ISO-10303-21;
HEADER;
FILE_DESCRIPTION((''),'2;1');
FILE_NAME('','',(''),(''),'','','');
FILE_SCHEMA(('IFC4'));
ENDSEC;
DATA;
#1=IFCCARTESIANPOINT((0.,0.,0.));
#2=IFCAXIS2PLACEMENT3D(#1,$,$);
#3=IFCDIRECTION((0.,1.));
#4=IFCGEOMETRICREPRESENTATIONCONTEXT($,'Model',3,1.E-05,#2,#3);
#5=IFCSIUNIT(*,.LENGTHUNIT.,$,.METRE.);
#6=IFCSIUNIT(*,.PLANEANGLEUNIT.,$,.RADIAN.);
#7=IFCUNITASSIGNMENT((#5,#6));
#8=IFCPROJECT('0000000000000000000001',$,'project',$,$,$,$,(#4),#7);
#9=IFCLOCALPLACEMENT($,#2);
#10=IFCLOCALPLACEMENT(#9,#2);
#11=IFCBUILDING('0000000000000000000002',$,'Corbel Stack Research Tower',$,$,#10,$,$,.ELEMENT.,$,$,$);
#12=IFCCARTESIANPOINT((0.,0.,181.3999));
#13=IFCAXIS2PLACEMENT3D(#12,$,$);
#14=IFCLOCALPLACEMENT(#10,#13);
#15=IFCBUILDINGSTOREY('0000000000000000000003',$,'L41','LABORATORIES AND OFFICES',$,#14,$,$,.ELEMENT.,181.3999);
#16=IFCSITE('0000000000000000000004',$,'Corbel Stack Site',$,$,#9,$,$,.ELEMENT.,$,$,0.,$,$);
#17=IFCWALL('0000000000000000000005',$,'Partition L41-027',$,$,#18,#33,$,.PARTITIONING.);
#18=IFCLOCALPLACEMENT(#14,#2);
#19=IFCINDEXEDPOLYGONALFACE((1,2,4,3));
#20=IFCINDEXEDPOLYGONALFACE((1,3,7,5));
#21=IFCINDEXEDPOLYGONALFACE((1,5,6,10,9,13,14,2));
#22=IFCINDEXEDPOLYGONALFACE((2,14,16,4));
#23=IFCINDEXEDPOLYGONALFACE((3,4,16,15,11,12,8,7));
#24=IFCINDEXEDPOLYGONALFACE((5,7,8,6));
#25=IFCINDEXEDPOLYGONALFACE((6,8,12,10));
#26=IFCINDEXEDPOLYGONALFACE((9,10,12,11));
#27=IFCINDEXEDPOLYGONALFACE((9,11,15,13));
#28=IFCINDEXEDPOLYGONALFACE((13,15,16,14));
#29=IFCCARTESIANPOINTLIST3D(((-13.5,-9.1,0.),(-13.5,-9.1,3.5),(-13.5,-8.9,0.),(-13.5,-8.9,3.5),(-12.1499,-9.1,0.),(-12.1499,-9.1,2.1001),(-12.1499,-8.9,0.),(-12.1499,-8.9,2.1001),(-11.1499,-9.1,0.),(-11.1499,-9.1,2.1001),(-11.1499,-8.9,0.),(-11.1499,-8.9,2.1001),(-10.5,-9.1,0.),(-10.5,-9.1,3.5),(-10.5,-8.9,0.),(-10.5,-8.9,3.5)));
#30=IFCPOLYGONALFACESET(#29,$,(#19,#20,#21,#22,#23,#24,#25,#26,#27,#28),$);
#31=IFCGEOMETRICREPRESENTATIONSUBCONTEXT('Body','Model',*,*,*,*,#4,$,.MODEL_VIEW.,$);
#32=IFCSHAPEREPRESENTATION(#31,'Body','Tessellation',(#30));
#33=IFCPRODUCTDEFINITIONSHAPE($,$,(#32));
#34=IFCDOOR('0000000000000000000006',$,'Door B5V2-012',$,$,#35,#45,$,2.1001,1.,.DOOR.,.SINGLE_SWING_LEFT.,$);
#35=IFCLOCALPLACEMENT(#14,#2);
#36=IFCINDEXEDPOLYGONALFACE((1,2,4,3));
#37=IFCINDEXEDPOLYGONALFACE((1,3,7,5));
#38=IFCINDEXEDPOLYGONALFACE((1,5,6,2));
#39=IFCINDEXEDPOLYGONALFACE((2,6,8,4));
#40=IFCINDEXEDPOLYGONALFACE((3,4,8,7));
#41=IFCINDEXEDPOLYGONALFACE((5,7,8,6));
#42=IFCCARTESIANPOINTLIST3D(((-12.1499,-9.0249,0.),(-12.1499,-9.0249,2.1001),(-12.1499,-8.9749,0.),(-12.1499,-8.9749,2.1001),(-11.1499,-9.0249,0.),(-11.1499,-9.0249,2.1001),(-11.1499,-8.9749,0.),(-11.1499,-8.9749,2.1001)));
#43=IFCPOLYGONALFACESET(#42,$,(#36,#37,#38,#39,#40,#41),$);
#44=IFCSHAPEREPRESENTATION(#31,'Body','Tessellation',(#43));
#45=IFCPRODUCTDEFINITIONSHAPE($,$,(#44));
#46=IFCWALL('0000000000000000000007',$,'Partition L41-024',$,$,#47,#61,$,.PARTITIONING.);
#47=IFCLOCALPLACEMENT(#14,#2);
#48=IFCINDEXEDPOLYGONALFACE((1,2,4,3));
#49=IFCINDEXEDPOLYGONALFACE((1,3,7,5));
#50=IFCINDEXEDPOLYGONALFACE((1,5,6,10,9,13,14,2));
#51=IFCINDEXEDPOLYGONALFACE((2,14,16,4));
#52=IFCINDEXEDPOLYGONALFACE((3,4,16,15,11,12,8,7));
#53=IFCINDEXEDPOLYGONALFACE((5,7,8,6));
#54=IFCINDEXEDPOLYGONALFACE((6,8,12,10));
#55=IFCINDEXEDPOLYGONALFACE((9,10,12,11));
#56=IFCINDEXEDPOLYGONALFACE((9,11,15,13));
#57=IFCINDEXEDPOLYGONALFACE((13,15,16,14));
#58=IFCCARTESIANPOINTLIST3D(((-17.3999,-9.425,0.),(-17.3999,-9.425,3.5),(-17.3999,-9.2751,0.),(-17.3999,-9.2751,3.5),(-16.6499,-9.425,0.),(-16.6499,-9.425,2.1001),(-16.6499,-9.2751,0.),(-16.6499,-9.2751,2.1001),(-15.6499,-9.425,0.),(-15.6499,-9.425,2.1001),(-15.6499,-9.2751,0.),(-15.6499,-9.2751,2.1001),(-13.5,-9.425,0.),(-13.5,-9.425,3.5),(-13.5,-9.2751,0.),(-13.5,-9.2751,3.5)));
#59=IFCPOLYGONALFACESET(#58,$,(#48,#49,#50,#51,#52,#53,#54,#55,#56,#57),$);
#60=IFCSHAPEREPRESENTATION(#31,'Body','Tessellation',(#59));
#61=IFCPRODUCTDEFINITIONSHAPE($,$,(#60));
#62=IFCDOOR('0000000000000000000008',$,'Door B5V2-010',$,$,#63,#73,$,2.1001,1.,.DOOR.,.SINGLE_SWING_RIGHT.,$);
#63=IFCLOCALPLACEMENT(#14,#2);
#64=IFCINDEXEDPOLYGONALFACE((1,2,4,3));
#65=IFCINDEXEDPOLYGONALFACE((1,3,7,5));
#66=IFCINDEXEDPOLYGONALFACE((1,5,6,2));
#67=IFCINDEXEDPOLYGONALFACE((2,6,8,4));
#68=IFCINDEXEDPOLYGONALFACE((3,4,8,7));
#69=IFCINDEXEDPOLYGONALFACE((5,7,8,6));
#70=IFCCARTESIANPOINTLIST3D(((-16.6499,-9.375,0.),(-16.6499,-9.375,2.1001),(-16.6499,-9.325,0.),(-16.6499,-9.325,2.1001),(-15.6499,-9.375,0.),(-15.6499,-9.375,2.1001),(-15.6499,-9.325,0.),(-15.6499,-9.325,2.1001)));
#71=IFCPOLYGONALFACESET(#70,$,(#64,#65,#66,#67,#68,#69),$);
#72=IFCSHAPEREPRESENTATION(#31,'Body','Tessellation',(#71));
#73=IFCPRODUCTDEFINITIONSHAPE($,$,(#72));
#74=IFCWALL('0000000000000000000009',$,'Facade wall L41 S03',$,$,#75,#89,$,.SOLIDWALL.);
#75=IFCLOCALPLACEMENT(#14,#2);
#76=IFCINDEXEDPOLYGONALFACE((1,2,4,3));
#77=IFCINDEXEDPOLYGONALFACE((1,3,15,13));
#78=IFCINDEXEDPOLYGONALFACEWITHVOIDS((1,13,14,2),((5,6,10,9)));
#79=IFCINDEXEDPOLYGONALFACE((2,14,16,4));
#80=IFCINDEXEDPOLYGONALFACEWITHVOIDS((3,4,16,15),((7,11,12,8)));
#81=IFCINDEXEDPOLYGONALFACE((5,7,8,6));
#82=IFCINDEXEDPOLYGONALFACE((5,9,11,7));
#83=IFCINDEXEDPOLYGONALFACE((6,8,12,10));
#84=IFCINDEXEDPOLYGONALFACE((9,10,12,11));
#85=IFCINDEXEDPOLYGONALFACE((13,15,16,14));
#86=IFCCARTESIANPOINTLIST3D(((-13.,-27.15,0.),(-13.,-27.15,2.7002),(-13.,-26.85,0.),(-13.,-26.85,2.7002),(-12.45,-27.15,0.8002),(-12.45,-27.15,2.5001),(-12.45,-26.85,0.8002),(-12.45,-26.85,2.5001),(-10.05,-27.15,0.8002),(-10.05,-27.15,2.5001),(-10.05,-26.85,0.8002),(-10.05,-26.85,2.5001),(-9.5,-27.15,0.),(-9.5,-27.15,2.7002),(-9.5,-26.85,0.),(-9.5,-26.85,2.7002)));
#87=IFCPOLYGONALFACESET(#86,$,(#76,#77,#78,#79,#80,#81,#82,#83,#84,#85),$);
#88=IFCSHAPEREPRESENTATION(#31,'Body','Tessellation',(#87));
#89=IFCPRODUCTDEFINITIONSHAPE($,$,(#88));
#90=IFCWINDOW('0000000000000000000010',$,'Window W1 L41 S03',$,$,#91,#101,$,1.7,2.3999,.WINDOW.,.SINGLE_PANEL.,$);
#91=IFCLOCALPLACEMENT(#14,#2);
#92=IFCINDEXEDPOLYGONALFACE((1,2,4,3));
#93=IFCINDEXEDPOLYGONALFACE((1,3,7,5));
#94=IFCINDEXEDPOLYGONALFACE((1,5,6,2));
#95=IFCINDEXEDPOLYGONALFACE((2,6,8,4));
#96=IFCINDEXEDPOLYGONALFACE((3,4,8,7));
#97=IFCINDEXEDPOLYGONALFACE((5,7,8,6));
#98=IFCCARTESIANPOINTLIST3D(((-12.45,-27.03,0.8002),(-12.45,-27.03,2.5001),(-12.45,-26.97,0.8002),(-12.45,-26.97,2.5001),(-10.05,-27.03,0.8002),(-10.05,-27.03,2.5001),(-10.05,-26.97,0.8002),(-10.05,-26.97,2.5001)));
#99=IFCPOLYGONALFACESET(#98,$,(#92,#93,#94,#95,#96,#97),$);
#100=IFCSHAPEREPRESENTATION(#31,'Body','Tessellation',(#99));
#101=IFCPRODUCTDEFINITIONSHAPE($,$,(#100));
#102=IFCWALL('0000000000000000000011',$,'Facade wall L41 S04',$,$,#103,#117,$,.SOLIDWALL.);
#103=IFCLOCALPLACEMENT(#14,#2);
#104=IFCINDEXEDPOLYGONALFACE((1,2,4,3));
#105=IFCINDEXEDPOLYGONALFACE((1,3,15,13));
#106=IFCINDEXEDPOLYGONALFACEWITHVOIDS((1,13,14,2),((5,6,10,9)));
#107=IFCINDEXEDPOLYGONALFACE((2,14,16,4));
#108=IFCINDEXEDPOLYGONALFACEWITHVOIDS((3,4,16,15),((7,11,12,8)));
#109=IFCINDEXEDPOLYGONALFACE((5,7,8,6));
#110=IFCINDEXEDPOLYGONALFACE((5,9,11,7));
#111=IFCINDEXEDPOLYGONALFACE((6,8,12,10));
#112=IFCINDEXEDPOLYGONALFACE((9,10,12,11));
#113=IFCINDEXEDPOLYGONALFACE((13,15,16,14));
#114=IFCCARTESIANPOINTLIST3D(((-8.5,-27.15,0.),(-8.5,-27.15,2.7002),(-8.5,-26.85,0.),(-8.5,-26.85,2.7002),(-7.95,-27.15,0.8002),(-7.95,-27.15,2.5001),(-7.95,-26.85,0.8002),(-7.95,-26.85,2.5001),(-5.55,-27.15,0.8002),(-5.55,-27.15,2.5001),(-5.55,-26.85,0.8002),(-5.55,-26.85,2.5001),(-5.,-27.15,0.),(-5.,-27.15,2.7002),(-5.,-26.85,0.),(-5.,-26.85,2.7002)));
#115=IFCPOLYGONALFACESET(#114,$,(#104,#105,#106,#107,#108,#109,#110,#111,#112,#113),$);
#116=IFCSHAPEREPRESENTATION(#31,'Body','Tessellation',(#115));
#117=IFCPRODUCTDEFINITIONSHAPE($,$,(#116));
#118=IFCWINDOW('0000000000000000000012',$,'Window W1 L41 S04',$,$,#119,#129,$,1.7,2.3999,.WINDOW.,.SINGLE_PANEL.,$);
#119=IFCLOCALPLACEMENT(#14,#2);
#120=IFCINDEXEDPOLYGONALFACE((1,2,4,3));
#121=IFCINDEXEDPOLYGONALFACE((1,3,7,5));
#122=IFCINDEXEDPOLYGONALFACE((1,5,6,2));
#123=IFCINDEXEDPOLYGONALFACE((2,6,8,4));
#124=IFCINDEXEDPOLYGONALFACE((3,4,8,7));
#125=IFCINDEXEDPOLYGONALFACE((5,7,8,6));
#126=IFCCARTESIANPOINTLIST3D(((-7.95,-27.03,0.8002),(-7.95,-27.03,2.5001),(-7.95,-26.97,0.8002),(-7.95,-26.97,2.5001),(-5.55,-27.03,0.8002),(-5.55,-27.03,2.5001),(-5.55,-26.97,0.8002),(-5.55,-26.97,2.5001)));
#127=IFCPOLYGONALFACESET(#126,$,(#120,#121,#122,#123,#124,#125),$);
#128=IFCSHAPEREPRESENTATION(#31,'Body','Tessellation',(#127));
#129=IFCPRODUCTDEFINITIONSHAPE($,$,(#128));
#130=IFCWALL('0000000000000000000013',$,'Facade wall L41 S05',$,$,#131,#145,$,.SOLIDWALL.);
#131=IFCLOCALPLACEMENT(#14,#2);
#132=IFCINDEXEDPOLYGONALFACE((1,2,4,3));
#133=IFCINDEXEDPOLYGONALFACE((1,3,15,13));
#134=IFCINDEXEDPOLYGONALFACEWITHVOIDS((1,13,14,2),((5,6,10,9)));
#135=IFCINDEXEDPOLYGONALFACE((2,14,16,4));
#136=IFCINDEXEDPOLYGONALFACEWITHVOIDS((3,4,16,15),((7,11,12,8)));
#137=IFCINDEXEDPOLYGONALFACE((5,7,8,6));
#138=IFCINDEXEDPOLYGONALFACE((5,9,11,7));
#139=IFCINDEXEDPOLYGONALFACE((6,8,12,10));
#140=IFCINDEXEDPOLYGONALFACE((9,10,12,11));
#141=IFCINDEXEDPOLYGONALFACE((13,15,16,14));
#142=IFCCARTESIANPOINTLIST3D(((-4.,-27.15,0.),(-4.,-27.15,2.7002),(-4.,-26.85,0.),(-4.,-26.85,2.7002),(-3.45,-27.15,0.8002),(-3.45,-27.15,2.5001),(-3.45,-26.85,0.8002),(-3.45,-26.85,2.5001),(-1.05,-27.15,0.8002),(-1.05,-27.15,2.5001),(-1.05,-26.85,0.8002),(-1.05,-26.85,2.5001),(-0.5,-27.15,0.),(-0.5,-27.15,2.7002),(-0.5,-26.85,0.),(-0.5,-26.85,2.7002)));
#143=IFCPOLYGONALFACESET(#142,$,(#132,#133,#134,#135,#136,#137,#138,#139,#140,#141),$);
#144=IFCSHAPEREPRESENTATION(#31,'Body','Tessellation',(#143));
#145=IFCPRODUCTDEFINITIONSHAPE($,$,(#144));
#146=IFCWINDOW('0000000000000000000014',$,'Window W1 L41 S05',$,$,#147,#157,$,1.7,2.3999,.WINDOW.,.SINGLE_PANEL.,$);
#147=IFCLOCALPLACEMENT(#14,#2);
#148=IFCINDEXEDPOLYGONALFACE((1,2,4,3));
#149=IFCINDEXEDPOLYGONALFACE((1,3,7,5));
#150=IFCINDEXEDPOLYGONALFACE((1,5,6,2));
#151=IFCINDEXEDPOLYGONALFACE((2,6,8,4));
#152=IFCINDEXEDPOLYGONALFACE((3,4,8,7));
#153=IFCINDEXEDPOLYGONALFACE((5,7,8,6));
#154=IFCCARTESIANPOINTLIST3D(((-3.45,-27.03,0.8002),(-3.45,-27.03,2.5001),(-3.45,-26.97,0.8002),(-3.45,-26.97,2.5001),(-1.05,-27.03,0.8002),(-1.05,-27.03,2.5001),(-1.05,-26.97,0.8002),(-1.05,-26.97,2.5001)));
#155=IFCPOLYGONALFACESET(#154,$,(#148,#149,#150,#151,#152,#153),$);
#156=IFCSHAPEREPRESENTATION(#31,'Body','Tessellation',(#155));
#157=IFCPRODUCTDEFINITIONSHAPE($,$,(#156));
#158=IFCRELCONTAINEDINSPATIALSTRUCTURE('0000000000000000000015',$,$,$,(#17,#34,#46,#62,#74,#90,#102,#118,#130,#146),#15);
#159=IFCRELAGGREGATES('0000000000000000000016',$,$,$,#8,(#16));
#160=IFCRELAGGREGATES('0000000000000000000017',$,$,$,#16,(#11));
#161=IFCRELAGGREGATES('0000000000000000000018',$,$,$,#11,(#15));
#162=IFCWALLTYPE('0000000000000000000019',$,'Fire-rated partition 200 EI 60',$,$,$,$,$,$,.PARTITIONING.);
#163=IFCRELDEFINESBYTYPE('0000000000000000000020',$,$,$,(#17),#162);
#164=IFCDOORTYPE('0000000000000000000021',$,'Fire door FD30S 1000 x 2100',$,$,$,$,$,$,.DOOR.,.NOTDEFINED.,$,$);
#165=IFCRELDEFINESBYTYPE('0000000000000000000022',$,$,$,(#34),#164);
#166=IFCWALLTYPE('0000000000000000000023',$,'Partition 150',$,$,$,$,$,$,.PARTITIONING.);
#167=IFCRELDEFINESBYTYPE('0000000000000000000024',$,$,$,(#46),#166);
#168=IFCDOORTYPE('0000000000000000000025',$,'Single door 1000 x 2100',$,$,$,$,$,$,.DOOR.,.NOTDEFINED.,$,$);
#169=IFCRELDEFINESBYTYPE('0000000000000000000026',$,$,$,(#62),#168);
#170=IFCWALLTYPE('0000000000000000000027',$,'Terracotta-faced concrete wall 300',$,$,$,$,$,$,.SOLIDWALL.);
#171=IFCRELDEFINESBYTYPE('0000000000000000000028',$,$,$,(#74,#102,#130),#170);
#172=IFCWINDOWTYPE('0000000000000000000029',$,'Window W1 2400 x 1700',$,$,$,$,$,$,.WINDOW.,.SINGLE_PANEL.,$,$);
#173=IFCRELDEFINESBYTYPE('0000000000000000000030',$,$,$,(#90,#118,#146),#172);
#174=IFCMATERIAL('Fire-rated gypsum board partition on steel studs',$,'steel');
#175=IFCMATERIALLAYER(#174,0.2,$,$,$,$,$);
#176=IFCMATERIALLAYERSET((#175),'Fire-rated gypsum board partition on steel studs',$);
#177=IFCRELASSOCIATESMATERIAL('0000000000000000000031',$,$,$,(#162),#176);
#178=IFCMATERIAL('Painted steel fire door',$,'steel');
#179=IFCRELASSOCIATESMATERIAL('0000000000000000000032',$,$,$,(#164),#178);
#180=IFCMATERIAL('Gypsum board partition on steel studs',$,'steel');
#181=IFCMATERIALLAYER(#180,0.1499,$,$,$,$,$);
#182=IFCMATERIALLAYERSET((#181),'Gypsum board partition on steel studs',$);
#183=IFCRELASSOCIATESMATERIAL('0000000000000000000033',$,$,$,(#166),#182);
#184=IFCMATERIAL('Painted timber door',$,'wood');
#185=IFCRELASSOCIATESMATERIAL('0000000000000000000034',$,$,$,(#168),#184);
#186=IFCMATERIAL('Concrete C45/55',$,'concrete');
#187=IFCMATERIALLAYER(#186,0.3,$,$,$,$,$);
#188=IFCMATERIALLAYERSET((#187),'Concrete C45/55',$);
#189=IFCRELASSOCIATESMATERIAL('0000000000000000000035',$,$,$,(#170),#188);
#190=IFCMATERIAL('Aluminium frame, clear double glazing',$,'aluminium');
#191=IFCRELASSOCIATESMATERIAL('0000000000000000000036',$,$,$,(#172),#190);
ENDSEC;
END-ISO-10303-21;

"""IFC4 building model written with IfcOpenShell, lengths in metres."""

from ifc_helpers import new_model, si_unit, direction, frame, frame_2d, origin, place, context, subcontext, project, spatial, rectangle, extrude, material, layer, layer_set, type_object, element, fill, save


model = new_model("IFC4")

# Units and contexts
model_context = context("Model", 3, precision=1e-05, world=origin(), true_north=direction((0.0, 1.0)))
body_context = subcontext(model_context, "Body", "Model", "MODEL_VIEW")
ifc_project = project(units=[si_unit("LENGTHUNIT", "METRE"), si_unit("PLANEANGLEUNIT", "RADIAN")], contexts=[model_context])

# Site, building, storey
site_placement = place(None, origin())
site = spatial("IfcSite", under=ifc_project, at=site_placement, Name="Corbel Stack Site", CompositionType="ELEMENT", RefElevation=0.0)
building_placement = place(site_placement, origin())
building = spatial("IfcBuilding", under=site, at=building_placement, Name="Corbel Stack Research Tower", CompositionType="ELEMENT")
storey_placement = place(building_placement, frame((0.0, 0.0, 181.3999)))
storey = spatial("IfcBuildingStorey", under=building, at=storey_placement, Name="L41", Description="LABORATORIES AND OFFICES", CompositionType="ELEMENT", Elevation=181.3999)

# Shared definitions
ifc_material_1 = material(Name="Fire-rated gypsum board partition on steel studs", Category="steel")
ifc_layer_1 = layer(ifc_material_1, 0.2)
ifc_layer_set_1 = layer_set([ifc_layer_1], Name="Fire-rated gypsum board partition on steel studs")
wall_type_1 = type_object("IfcWallType", Name="Fire-rated partition 200 EI 60", PredefinedType="PARTITIONING", material=ifc_layer_set_1)

# Walls, openings, doors
wall_1_placement = place(storey_placement, frame((-10.5, -9.0, 0.0), z_axis=(0.0, 0.0, 1.0), x_axis=(-1.0, 0.0, 0.0)))
wall_1 = element("IfcWall", 1, at=wall_1_placement, inside=storey, type_object=wall_type_1, Name="Partition L41-027", PredefinedType="PARTITIONING", context=body_context, shape_type="SweptSolid", body=[
    extrude(rectangle(XDim=3.0, YDim=0.2, at=frame_2d((1.5, 0.0))), origin(), (0.0, 0.0, 1.0), 3.5),
])
opening_1_placement = place(wall_1_placement, frame((0.6499, 0.0, 0.0)))
opening_1 = element("IfcOpeningElement", 2, at=opening_1_placement, cuts=wall_1, PredefinedType="OPENING", context=body_context, shape_type="SweptSolid", body=[
    extrude(rectangle(XDim=1.0, YDim=2.1001, at=frame_2d((0.5, 1.05))), frame((0.0, 0.1099, 0.0), z_axis=(0.0, -1.0, 0.0), x_axis=(1.0, 0.0, 0.0)), (0.0, 0.0, 1.0), 0.22),
])
ifc_material_2 = material(Name="Painted steel fire door", Category="steel")
door_type_1 = type_object("IfcDoorType", Name="Fire door FD30S 1000 x 2100", OperationType="NOTDEFINED", PredefinedType="DOOR", material=ifc_material_2)
door_1_placement = place(opening_1_placement, origin())
door_1 = element("IfcDoor", 3, at=door_1_placement, inside=storey, type_object=door_type_1, Name="Door B5V2-012", OperationType="SINGLE_SWING_LEFT", OverallHeight=2.1001, OverallWidth=1.0, PredefinedType="DOOR", context=body_context, shape_type="SweptSolid", body=[
    extrude(rectangle(XDim=1.0, YDim=2.1001, at=frame_2d((0.5, 1.05))), frame((0.0, 0.0249, 0.0), z_axis=(0.0, -1.0, 0.0), x_axis=(1.0, 0.0, 0.0)), (0.0, 0.0, 1.0), 0.05),
])
fill(opening_1, door_1)
ifc_material_3 = material(Name="Gypsum board partition on steel studs", Category="steel")
ifc_layer_2 = layer(ifc_material_3, 0.1499)
ifc_layer_set_2 = layer_set([ifc_layer_2], Name="Gypsum board partition on steel studs")
wall_type_2 = type_object("IfcWallType", Name="Partition 150", PredefinedType="PARTITIONING", material=ifc_layer_set_2)
wall_2_placement = place(storey_placement, frame((-13.5, -9.3501, 0.0), z_axis=(0.0, 0.0, 1.0), x_axis=(-1.0, 0.0, 0.0)))
wall_2 = element("IfcWall", 4, at=wall_2_placement, inside=storey, type_object=wall_type_2, Name="Partition L41-024", PredefinedType="PARTITIONING", context=body_context, shape_type="SweptSolid", body=[
    extrude(rectangle(XDim=3.8999, YDim=0.1499, at=frame_2d((1.95, 0.0))), origin(), (0.0, 0.0, 1.0), 3.5),
])
opening_2_placement = place(wall_2_placement, frame((2.1499, 0.0, 0.0)))
opening_2 = element("IfcOpeningElement", 5, at=opening_2_placement, cuts=wall_2, PredefinedType="OPENING", context=body_context, shape_type="SweptSolid", body=[
    extrude(rectangle(XDim=1.0, YDim=2.1001, at=frame_2d((0.5, 1.05))), frame((0.0, 0.085, 0.0), z_axis=(0.0, -1.0, 0.0), x_axis=(1.0, 0.0, 0.0)), (0.0, 0.0, 1.0), 0.1699),
])
ifc_material_4 = material(Name="Painted timber door", Category="wood")
door_type_2 = type_object("IfcDoorType", Name="Single door 1000 x 2100", OperationType="NOTDEFINED", PredefinedType="DOOR", material=ifc_material_4)
door_2_placement = place(opening_2_placement, origin())
door_2 = element("IfcDoor", 6, at=door_2_placement, inside=storey, type_object=door_type_2, Name="Door B5V2-010", OperationType="SINGLE_SWING_RIGHT", OverallHeight=2.1001, OverallWidth=1.0, PredefinedType="DOOR", context=body_context, shape_type="SweptSolid", body=[
    extrude(rectangle(XDim=1.0, YDim=2.1001, at=frame_2d((0.5, 1.05))), frame((0.0, 0.0249, 0.0), z_axis=(0.0, -1.0, 0.0), x_axis=(1.0, 0.0, 0.0)), (0.0, 0.0, 1.0), 0.05),
])
fill(opening_2, door_2)

# Walls, openings, windows
ifc_material_5 = material(Name="Concrete C45/55", Category="concrete")
ifc_layer_3 = layer(ifc_material_5, 0.3)
ifc_layer_set_3 = layer_set([ifc_layer_3], Name="Concrete C45/55")
wall_type_3 = type_object("IfcWallType", Name="Terracotta-faced concrete wall 300", PredefinedType="SOLIDWALL", material=ifc_layer_set_3)
wall_3_placement = place(storey_placement, frame((-9.5, -27.0, 0.0), z_axis=(0.0, 0.0, 1.0), x_axis=(-1.0, 0.0, 0.0)))
wall_3 = element("IfcWall", 7, at=wall_3_placement, inside=storey, type_object=wall_type_3, Name="Facade wall L41 S03", PredefinedType="SOLIDWALL", context=body_context, shape_type="SweptSolid", body=[
    extrude(rectangle(XDim=3.5, YDim=0.3, at=frame_2d((1.75, 0.0))), origin(), (0.0, 0.0, 1.0), 2.7002),
])
opening_3_placement = place(wall_3_placement, frame((0.55, 0.0, 0.8)))
opening_3 = element("IfcOpeningElement", 8, at=opening_3_placement, cuts=wall_3, PredefinedType="OPENING", context=body_context, shape_type="SweptSolid", body=[
    extrude(rectangle(XDim=2.3999, YDim=1.7, at=frame_2d((1.2, 0.8501))), frame((0.0, 0.1599, 0.0), z_axis=(0.0, -1.0, 0.0), x_axis=(1.0, 0.0, 0.0)), (0.0, 0.0, 1.0), 0.3201),
])
ifc_material_6 = material(Name="Aluminium frame, clear double glazing", Category="aluminium")
window_type = type_object("IfcWindowType", Name="Window W1 2400 x 1700", PartitioningType="SINGLE_PANEL", PredefinedType="WINDOW", material=ifc_material_6)
window_1_placement = place(opening_3_placement, origin())
window_1 = element("IfcWindow", 9, at=window_1_placement, inside=storey, type_object=window_type, Name="Window W1 L41 S03", OverallHeight=1.7, OverallWidth=2.3999, PartitioningType="SINGLE_PANEL", PredefinedType="WINDOW", context=body_context, shape_type="SweptSolid", body=[
    extrude(rectangle(XDim=2.3999, YDim=1.7, at=frame_2d((1.2, 0.8501))), frame((0.0, 0.03, 0.0), z_axis=(0.0, -1.0, 0.0), x_axis=(1.0, 0.0, 0.0)), (0.0, 0.0, 1.0), 0.0601),
])
fill(opening_3, window_1)
wall_4_placement = place(storey_placement, frame((-5.0, -27.0, 0.0), z_axis=(0.0, 0.0, 1.0), x_axis=(-1.0, 0.0, 0.0)))
wall_4 = element("IfcWall", 10, at=wall_4_placement, inside=storey, type_object=wall_type_3, Name="Facade wall L41 S04", PredefinedType="SOLIDWALL", context=body_context, shape_type="SweptSolid", body=[
    extrude(rectangle(XDim=3.5, YDim=0.3, at=frame_2d((1.75, 0.0))), origin(), (0.0, 0.0, 1.0), 2.7002),
])
opening_4_placement = place(wall_4_placement, frame((0.55, 0.0, 0.8)))
opening_4 = element("IfcOpeningElement", 11, at=opening_4_placement, cuts=wall_4, PredefinedType="OPENING", context=body_context, shape_type="SweptSolid", body=[
    extrude(rectangle(XDim=2.3999, YDim=1.7, at=frame_2d((1.2, 0.8501))), frame((0.0, 0.1599, 0.0), z_axis=(0.0, -1.0, 0.0), x_axis=(1.0, 0.0, 0.0)), (0.0, 0.0, 1.0), 0.3201),
])
window_2_placement = place(opening_4_placement, origin())
window_2 = element("IfcWindow", 12, at=window_2_placement, inside=storey, type_object=window_type, Name="Window W1 L41 S04", OverallHeight=1.7, OverallWidth=2.3999, PartitioningType="SINGLE_PANEL", PredefinedType="WINDOW", context=body_context, shape_type="SweptSolid", body=[
    extrude(rectangle(XDim=2.3999, YDim=1.7, at=frame_2d((1.2, 0.8501))), frame((0.0, 0.03, 0.0), z_axis=(0.0, -1.0, 0.0), x_axis=(1.0, 0.0, 0.0)), (0.0, 0.0, 1.0), 0.0601),
])
fill(opening_4, window_2)
wall_5_placement = place(storey_placement, frame((-0.5, -27.0, 0.0), z_axis=(0.0, 0.0, 1.0), x_axis=(-1.0, 0.0, 0.0)))
wall_5 = element("IfcWall", 13, at=wall_5_placement, inside=storey, type_object=wall_type_3, Name="Facade wall L41 S05", PredefinedType="SOLIDWALL", context=body_context, shape_type="SweptSolid", body=[
    extrude(rectangle(XDim=3.5, YDim=0.3, at=frame_2d((1.75, 0.0))), origin(), (0.0, 0.0, 1.0), 2.7002),
])
opening_5_placement = place(wall_5_placement, frame((0.55, 0.0, 0.8)))
opening_5 = element("IfcOpeningElement", 14, at=opening_5_placement, cuts=wall_5, PredefinedType="OPENING", context=body_context, shape_type="SweptSolid", body=[
    extrude(rectangle(XDim=2.3999, YDim=1.7, at=frame_2d((1.2, 0.8501))), frame((0.0, 0.1599, 0.0), z_axis=(0.0, -1.0, 0.0), x_axis=(1.0, 0.0, 0.0)), (0.0, 0.0, 1.0), 0.3201),
])
window_3_placement = place(opening_5_placement, origin())
window_3 = element("IfcWindow", 15, at=window_3_placement, inside=storey, type_object=window_type, Name="Window W1 L41 S05", OverallHeight=1.7, OverallWidth=2.3999, PartitioningType="SINGLE_PANEL", PredefinedType="WINDOW", context=body_context, shape_type="SweptSolid", body=[
    extrude(rectangle(XDim=2.3999, YDim=1.7, at=frame_2d((1.2, 0.8501))), frame((0.0, 0.03, 0.0), z_axis=(0.0, -1.0, 0.0), x_axis=(1.0, 0.0, 0.0)), (0.0, 0.0, 1.0), 0.0601),
])
fill(opening_5, window_3)

save(model, "model.ifc")
